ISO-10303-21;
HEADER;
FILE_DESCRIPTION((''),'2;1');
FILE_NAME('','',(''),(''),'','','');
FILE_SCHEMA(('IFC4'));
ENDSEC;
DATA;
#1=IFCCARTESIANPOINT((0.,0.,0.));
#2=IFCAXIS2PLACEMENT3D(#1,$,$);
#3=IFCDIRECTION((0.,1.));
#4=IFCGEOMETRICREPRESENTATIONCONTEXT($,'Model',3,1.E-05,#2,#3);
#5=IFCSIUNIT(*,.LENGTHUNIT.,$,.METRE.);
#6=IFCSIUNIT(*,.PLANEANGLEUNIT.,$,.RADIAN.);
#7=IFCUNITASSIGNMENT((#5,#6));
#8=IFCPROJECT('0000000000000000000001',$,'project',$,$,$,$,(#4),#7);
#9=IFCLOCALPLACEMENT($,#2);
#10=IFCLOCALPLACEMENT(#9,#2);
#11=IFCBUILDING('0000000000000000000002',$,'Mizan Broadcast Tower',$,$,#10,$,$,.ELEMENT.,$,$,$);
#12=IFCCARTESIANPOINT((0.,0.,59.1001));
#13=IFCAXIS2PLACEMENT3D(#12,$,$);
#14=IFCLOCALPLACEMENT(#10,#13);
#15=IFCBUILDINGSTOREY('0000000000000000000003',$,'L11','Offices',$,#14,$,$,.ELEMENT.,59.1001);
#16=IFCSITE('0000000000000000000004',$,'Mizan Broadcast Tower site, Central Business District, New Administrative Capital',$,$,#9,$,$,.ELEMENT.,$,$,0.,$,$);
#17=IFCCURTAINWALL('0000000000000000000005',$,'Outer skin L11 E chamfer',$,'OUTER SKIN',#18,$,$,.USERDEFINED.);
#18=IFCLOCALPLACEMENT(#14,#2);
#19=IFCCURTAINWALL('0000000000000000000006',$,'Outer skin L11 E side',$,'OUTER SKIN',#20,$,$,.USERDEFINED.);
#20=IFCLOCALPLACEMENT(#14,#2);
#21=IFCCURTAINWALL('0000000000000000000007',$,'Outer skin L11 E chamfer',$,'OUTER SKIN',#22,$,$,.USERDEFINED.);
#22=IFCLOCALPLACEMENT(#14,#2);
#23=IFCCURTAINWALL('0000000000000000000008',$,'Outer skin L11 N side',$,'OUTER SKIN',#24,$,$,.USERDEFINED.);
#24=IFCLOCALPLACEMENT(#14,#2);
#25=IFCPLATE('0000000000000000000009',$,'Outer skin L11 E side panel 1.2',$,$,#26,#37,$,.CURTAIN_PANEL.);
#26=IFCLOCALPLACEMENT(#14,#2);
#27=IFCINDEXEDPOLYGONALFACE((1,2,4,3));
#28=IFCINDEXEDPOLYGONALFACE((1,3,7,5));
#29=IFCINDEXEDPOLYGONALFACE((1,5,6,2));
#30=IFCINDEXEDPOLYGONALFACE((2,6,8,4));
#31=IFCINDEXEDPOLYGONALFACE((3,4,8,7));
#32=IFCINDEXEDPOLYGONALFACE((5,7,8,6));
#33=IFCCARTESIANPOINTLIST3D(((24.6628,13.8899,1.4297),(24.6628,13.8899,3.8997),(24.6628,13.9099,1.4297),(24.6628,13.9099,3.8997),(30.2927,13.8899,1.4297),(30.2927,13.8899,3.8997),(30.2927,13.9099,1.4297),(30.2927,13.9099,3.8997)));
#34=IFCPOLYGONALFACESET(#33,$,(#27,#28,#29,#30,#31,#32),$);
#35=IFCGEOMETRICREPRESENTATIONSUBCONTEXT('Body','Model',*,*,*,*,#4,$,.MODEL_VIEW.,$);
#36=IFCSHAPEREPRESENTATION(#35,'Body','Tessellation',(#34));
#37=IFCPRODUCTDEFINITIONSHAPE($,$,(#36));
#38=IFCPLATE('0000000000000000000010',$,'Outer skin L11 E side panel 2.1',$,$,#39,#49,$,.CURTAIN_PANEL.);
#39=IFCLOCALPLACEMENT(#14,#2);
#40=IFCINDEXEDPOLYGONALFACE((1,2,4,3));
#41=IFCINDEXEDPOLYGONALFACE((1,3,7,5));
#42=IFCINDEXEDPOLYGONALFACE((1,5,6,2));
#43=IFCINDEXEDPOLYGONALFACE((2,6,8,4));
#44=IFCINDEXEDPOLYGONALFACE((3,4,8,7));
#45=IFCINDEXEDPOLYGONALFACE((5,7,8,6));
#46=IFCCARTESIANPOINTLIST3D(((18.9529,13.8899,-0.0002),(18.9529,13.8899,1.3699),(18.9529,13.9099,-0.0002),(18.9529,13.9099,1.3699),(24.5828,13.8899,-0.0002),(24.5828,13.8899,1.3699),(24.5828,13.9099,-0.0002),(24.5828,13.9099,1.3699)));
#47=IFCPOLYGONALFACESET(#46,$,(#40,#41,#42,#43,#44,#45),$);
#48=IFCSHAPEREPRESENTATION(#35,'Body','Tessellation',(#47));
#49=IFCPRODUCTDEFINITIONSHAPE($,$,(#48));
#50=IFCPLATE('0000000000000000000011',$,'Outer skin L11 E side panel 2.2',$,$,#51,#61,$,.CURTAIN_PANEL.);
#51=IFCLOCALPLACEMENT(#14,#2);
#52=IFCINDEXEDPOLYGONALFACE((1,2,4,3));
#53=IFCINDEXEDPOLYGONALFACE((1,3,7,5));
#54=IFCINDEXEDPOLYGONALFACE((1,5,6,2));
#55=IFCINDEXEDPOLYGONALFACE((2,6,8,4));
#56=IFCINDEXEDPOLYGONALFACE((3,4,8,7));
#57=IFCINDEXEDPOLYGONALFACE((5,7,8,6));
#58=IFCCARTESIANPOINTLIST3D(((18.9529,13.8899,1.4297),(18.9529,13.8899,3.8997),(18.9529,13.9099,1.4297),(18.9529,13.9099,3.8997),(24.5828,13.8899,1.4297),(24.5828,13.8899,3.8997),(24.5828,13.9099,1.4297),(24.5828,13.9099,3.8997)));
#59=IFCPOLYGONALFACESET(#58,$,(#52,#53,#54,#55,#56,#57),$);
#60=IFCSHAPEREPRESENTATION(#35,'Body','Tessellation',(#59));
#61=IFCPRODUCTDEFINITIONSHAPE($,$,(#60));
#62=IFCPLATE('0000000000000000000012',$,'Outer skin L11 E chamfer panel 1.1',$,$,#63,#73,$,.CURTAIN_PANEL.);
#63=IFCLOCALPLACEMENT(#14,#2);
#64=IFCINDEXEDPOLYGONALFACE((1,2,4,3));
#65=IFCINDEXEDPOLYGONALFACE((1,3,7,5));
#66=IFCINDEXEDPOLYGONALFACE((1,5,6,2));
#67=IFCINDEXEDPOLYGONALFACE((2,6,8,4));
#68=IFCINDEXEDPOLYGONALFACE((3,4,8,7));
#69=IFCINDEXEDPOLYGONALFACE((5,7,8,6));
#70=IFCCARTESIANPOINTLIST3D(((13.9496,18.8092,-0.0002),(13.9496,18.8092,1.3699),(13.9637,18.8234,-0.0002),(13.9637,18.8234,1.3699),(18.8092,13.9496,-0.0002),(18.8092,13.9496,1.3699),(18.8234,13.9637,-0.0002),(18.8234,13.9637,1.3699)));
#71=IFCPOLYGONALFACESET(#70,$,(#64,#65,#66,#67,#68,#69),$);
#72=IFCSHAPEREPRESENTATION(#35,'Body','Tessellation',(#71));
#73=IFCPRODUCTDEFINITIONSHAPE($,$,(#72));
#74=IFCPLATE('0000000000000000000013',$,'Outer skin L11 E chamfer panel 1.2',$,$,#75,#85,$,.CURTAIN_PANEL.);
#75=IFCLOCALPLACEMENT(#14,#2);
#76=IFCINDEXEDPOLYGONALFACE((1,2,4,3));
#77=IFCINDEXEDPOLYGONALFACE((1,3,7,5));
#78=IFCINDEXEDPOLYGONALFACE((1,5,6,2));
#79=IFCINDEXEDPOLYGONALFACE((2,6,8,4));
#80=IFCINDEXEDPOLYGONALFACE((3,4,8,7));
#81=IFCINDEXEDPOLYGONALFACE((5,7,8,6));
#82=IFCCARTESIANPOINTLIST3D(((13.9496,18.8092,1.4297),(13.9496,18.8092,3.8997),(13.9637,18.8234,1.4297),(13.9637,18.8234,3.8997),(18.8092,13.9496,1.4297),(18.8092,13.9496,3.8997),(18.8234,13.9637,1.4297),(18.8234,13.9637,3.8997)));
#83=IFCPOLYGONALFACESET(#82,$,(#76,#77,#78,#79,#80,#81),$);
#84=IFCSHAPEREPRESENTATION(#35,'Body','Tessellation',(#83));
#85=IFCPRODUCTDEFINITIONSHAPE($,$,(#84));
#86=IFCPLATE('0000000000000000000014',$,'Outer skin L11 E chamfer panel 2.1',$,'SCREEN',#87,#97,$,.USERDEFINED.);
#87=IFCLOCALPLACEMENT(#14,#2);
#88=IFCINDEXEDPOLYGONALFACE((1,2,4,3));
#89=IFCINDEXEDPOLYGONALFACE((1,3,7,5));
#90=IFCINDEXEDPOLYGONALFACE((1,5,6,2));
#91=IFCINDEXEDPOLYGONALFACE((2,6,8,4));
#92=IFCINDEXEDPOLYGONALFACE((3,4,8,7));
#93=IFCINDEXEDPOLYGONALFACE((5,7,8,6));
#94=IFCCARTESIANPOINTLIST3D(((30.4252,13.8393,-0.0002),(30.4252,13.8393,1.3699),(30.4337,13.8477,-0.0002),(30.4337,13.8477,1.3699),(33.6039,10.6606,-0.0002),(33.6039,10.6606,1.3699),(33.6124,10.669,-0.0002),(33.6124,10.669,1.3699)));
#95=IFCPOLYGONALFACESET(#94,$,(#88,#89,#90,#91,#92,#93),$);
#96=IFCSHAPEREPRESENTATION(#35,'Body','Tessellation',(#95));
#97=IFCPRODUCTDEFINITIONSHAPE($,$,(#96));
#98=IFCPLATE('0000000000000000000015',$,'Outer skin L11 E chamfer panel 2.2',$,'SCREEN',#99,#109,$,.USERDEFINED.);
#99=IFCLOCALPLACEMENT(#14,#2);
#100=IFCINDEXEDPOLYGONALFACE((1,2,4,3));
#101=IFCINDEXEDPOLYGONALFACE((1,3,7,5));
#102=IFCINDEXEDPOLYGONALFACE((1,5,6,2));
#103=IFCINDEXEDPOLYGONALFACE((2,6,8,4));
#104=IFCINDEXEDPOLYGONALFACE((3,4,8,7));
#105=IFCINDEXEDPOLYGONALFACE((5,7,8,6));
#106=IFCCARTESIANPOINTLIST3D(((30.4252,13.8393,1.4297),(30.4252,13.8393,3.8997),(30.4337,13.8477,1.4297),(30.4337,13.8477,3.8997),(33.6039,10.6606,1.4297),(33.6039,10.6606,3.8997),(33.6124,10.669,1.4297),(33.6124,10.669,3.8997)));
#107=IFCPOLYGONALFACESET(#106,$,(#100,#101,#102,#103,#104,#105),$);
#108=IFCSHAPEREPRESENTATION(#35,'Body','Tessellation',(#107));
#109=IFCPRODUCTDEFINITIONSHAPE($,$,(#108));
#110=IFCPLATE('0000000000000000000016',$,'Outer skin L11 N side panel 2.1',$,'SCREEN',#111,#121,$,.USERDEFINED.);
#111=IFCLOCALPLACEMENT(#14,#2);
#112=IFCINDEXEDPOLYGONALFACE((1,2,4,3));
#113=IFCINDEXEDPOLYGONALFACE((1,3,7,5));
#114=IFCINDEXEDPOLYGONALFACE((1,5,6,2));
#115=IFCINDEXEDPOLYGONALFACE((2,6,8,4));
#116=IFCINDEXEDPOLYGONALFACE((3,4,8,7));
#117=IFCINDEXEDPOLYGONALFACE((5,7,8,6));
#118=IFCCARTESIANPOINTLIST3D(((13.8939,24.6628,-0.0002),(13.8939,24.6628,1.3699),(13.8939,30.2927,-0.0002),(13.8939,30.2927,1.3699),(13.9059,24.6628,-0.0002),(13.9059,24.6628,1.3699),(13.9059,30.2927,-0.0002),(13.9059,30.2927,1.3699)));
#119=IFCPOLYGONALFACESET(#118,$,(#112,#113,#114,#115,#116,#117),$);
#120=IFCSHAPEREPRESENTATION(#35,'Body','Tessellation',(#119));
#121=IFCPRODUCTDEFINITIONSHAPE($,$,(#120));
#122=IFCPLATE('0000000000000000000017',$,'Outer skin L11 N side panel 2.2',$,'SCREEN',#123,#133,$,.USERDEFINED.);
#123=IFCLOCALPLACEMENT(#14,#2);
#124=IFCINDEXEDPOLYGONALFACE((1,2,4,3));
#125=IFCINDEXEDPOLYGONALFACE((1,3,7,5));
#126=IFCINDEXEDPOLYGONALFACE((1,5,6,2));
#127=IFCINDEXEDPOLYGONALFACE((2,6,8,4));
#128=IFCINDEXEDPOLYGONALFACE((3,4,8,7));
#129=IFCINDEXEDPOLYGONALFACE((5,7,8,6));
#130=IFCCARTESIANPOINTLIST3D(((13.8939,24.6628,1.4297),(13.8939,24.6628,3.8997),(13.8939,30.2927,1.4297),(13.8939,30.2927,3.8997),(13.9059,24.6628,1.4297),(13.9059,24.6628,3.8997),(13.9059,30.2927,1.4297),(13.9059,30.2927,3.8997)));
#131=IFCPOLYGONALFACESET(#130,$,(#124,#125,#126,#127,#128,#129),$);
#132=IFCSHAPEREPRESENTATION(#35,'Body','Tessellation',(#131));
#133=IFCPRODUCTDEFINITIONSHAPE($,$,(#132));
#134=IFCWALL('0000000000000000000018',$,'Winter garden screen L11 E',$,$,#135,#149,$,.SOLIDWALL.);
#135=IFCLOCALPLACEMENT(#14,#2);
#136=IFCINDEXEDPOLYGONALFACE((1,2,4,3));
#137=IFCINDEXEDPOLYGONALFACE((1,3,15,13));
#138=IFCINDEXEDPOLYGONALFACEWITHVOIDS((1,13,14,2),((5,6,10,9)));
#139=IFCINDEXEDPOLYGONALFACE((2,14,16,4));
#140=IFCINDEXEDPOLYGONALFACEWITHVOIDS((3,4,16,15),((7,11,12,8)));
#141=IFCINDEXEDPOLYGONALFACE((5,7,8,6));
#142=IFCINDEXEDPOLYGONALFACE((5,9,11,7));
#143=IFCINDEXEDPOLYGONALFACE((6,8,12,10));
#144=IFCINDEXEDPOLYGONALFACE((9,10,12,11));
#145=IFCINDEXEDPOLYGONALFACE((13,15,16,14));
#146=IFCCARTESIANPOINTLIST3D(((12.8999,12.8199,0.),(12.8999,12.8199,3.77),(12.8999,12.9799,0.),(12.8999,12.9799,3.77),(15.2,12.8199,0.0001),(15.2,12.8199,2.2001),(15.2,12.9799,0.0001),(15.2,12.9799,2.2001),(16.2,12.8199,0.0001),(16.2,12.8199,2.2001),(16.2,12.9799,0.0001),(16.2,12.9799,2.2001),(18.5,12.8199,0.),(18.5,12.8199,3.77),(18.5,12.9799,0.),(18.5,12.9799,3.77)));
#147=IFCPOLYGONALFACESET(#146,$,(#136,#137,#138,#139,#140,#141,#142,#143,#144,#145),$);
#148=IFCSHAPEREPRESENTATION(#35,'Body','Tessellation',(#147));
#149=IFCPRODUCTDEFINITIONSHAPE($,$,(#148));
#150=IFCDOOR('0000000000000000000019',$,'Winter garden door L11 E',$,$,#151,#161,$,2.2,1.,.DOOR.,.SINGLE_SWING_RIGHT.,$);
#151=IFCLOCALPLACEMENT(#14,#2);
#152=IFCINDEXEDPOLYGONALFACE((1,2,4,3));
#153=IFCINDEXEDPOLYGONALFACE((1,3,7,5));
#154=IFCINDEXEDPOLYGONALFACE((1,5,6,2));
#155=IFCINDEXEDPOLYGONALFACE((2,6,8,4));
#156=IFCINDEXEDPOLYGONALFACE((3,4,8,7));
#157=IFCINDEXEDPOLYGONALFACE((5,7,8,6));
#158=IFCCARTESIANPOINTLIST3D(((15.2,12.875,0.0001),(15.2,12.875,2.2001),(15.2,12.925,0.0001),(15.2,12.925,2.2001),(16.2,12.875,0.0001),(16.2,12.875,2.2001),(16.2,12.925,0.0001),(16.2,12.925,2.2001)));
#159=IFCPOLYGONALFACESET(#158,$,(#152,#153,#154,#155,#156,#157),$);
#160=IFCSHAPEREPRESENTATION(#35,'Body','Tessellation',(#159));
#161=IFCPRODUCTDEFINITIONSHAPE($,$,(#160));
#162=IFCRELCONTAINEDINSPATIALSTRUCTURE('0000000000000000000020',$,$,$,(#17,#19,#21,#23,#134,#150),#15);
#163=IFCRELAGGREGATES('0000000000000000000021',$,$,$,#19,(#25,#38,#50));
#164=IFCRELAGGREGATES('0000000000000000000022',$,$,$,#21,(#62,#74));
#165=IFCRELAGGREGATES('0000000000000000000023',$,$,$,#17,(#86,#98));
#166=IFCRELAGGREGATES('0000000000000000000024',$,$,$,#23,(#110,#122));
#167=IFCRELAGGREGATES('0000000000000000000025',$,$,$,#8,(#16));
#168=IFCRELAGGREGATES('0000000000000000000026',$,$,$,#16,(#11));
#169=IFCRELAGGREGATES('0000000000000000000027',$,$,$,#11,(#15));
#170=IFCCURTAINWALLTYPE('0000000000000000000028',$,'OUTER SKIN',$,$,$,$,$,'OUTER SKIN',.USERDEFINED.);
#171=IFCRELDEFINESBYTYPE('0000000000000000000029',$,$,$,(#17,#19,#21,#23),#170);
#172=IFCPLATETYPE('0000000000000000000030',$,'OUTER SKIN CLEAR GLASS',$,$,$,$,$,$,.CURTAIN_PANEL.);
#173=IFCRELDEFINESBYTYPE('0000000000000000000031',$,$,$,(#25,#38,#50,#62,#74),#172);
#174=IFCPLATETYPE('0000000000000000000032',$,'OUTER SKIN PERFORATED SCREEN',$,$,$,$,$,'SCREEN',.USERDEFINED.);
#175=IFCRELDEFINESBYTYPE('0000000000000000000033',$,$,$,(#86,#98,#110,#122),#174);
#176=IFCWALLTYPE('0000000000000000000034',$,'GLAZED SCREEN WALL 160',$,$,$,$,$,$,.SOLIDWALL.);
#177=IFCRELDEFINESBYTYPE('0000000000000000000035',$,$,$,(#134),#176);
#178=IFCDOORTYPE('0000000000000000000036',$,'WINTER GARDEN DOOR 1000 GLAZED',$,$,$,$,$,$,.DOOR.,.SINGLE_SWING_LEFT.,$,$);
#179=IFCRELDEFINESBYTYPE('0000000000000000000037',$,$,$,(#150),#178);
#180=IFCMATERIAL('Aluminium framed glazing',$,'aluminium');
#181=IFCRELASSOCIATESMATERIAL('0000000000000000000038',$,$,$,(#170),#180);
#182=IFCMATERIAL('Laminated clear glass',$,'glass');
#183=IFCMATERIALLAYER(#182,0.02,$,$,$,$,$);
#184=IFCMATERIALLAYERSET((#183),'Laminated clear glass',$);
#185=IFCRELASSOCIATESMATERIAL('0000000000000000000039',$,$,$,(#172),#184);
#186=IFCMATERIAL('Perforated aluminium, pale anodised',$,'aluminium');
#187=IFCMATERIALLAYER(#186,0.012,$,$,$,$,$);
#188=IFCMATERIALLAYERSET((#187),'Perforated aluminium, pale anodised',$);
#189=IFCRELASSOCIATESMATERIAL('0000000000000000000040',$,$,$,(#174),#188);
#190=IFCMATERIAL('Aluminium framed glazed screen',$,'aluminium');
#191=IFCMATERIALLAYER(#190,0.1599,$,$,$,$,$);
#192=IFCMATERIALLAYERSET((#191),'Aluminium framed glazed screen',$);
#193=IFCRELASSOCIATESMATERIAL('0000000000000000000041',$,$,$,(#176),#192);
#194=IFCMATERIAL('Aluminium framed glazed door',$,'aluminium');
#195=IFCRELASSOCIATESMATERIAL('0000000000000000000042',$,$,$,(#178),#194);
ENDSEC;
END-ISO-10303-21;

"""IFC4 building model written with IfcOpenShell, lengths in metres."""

from ifc_helpers import new_model, si_unit, direction, frame, frame_2d, origin, origin_2d, place, context, subcontext, project, spatial, rectangle, extrude, material, layer, layer_set, type_object, element, fill, aggregate, save


model = new_model("IFC4")

# Units and contexts
model_context = context("Model", 3, precision=1e-05, world=origin(), true_north=direction((0.0, 1.0)))
body_context = subcontext(model_context, "Body", "Model", "MODEL_VIEW")
ifc_project = project(units=[si_unit("LENGTHUNIT", "METRE"), si_unit("PLANEANGLEUNIT", "RADIAN")], contexts=[model_context])

# Site, building, storey
site_placement = place(None, origin())
site = spatial("IfcSite", under=ifc_project, at=site_placement, Name="Mizan Broadcast Tower site, Central Business District, New Administrative Capital", CompositionType="ELEMENT", RefElevation=0.0)
building_placement = place(site_placement, origin())
building = spatial("IfcBuilding", under=site, at=building_placement, Name="Mizan Broadcast Tower", CompositionType="ELEMENT")
storey_placement = place(building_placement, frame((0.0, 0.0, 59.1001)))
storey = spatial("IfcBuildingStorey", under=building, at=storey_placement, Name="L11", Description="Offices", CompositionType="ELEMENT", Elevation=59.1001)

# Curtain wall
ifc_material_1 = material(Name="Aluminium framed glazing", Category="aluminium")
curtain_wall_type_1 = type_object("IfcCurtainWallType", Name="OUTER SKIN", ElementType="OUTER SKIN", PredefinedType="USERDEFINED", material=ifc_material_1)
curtain_wall_1_placement = place(storey_placement, origin())
curtain_wall_1 = element("IfcCurtainWall", 1, at=curtain_wall_1_placement, inside=storey, type_object=curtain_wall_type_1, Name="Outer skin L11 E chamfer", ObjectType="OUTER SKIN", PredefinedType="USERDEFINED")

# Curtain wall
curtain_wall_2_placement = place(storey_placement, origin())
curtain_wall_2 = element("IfcCurtainWall", 2, at=curtain_wall_2_placement, inside=storey, type_object=curtain_wall_type_1, Name="Outer skin L11 E side", ObjectType="OUTER SKIN", PredefinedType="USERDEFINED")

# Curtain wall
curtain_wall_3_placement = place(storey_placement, origin())
curtain_wall_3 = element("IfcCurtainWall", 3, at=curtain_wall_3_placement, inside=storey, type_object=curtain_wall_type_1, Name="Outer skin L11 E chamfer", ObjectType="OUTER SKIN", PredefinedType="USERDEFINED")

# Curtain wall
curtain_wall_4_placement = place(storey_placement, origin())
curtain_wall_4 = element("IfcCurtainWall", 4, at=curtain_wall_4_placement, inside=storey, type_object=curtain_wall_type_1, Name="Outer skin L11 N side", ObjectType="OUTER SKIN", PredefinedType="USERDEFINED")

# Plates
ifc_material_2 = material(Name="Laminated clear glass", Category="glass")
ifc_layer_1 = layer(ifc_material_2, 0.02)
ifc_layer_set_1 = layer_set([ifc_layer_1], Name="Laminated clear glass")
plate_type_1 = type_object("IfcPlateType", Name="OUTER SKIN CLEAR GLASS", PredefinedType="CURTAIN_PANEL", material=ifc_layer_set_1)
plate_1_placement = place(storey_placement, frame((27.4778, 13.8999, 1.4297), z_axis=(0.0, 0.0, 1.0), x_axis=(-1.0, 0.0, 0.0)))
plate_1 = element("IfcPlate", 5, at=plate_1_placement, type_object=plate_type_1, Name="Outer skin L11 E side panel 1.2", PredefinedType="CURTAIN_PANEL", context=body_context, shape_type="SweptSolid", body=[
    extrude(rectangle(XDim=5.6299, YDim=0.02, at=origin_2d()), origin(), (0.0, 0.0, 1.0), 2.47),
])
plate_2_placement = place(storey_placement, frame((21.7678, 13.8999, -0.0002), z_axis=(0.0, 0.0, 1.0), x_axis=(-1.0, 0.0, 0.0)))
plate_2 = element("IfcPlate", 6, at=plate_2_placement, type_object=plate_type_1, Name="Outer skin L11 E side panel 2.1", PredefinedType="CURTAIN_PANEL", context=body_context, shape_type="SweptSolid", body=[
    extrude(rectangle(XDim=5.6299, YDim=0.02, at=origin_2d()), origin(), (0.0, 0.0, 1.0), 1.3701),
])
plate_3_placement = place(storey_placement, frame((21.7678, 13.8999, 1.4297), z_axis=(0.0, 0.0, 1.0), x_axis=(-1.0, 0.0, 0.0)))
plate_3 = element("IfcPlate", 7, at=plate_3_placement, type_object=plate_type_1, Name="Outer skin L11 E side panel 2.2", PredefinedType="CURTAIN_PANEL", context=body_context, shape_type="SweptSolid", body=[
    extrude(rectangle(XDim=5.6299, YDim=0.02, at=origin_2d()), origin(), (0.0, 0.0, 1.0), 2.47),
])
aggregate(curtain_wall_2, [plate_1, plate_2, plate_3])
plate_4_placement = place(storey_placement, frame((16.3865, 16.3865, -0.0002), z_axis=(0.0, 0.0, 1.0), x_axis=(-0.707107, 0.707107, 0.0)))
plate_4 = element("IfcPlate", 8, at=plate_4_placement, type_object=plate_type_1, Name="Outer skin L11 E chamfer panel 1.1", PredefinedType="CURTAIN_PANEL", context=body_context, shape_type="SweptSolid", body=[
    extrude(rectangle(XDim=6.8726, YDim=0.02, at=origin_2d()), origin(), (0.0, 0.0, 1.0), 1.3701),
])
plate_5_placement = place(storey_placement, frame((16.3865, 16.3865, 1.4297), z_axis=(0.0, 0.0, 1.0), x_axis=(-0.707107, 0.707107, 0.0)))
plate_5 = element("IfcPlate", 9, at=plate_5_placement, type_object=plate_type_1, Name="Outer skin L11 E chamfer panel 1.2", PredefinedType="CURTAIN_PANEL", context=body_context, shape_type="SweptSolid", body=[
    extrude(rectangle(XDim=6.8726, YDim=0.02, at=origin_2d()), origin(), (0.0, 0.0, 1.0), 2.47),
])
aggregate(curtain_wall_3, [plate_4, plate_5])
ifc_material_3 = material(Name="Perforated aluminium, pale anodised", Category="aluminium")
ifc_layer_2 = layer(ifc_material_3, 0.012)
ifc_layer_set_2 = layer_set([ifc_layer_2], Name="Perforated aluminium, pale anodised")
plate_type_2 = type_object("IfcPlateType", Name="OUTER SKIN PERFORATED SCREEN", ElementType="SCREEN", PredefinedType="USERDEFINED", material=ifc_layer_set_2)
plate_6_placement = place(storey_placement, frame((32.0188, 12.2542, -0.0002), z_axis=(0.0, 0.0, 1.0), x_axis=(-0.707107, 0.707107, 0.0)))
plate_6 = element("IfcPlate", 10, at=plate_6_placement, type_object=plate_type_2, Name="Outer skin L11 E chamfer panel 2.1", ObjectType="SCREEN", PredefinedType="USERDEFINED", context=body_context, shape_type="SweptSolid", body=[
    extrude(rectangle(XDim=4.4954, YDim=0.012, at=origin_2d()), origin(), (0.0, 0.0, 1.0), 1.3701),
])
plate_7_placement = place(storey_placement, frame((32.0188, 12.2542, 1.4297), z_axis=(0.0, 0.0, 1.0), x_axis=(-0.707107, 0.707107, 0.0)))
plate_7 = element("IfcPlate", 11, at=plate_7_placement, type_object=plate_type_2, Name="Outer skin L11 E chamfer panel 2.2", ObjectType="SCREEN", PredefinedType="USERDEFINED", context=body_context, shape_type="SweptSolid", body=[
    extrude(rectangle(XDim=4.4954, YDim=0.012, at=origin_2d()), origin(), (0.0, 0.0, 1.0), 2.47),
])
aggregate(curtain_wall_1, [plate_6, plate_7])
plate_8_placement = place(storey_placement, frame((13.8999, 27.4778, -0.0002), z_axis=(0.0, 0.0, 1.0), x_axis=(0.0, 1.0, 0.0)))
plate_8 = element("IfcPlate", 12, at=plate_8_placement, type_object=plate_type_2, Name="Outer skin L11 N side panel 2.1", ObjectType="SCREEN", PredefinedType="USERDEFINED", context=body_context, shape_type="SweptSolid", body=[
    extrude(rectangle(XDim=5.6299, YDim=0.012, at=origin_2d()), origin(), (0.0, 0.0, 1.0), 1.3701),
])
plate_9_placement = place(storey_placement, frame((13.8999, 27.4778, 1.4297), z_axis=(0.0, 0.0, 1.0), x_axis=(0.0, 1.0, 0.0)))
plate_9 = element("IfcPlate", 13, at=plate_9_placement, type_object=plate_type_2, Name="Outer skin L11 N side panel 2.2", ObjectType="SCREEN", PredefinedType="USERDEFINED", context=body_context, shape_type="SweptSolid", body=[
    extrude(rectangle(XDim=5.6299, YDim=0.012, at=origin_2d()), origin(), (0.0, 0.0, 1.0), 2.47),
])
aggregate(curtain_wall_4, [plate_8, plate_9])

# Wall, opening, door
ifc_material_4 = material(Name="Aluminium framed glazed screen", Category="aluminium")
ifc_layer_3 = layer(ifc_material_4, 0.1599)
ifc_layer_set_3 = layer_set([ifc_layer_3], Name="Aluminium framed glazed screen")
wall_type = type_object("IfcWallType", Name="GLAZED SCREEN WALL 160", PredefinedType="SOLIDWALL", material=ifc_layer_set_3)
wall_placement = place(storey_placement, frame((18.5, 12.8999, 0.0), z_axis=(0.0, 0.0, 1.0), x_axis=(-1.0, 0.0, 0.0)))
wall = element("IfcWall", 14, at=wall_placement, inside=storey, type_object=wall_type, Name="Winter garden screen L11 E", PredefinedType="SOLIDWALL", context=body_context, shape_type="SweptSolid", body=[
    extrude(rectangle(XDim=5.6001, YDim=0.1599, at=frame_2d((2.8, 0.0))), origin(), (0.0, 0.0, 1.0), 3.77),
])
opening_placement = place(wall_placement, frame((2.3, 0.0, 0.0)))
opening = element("IfcOpeningElement", 15, at=opening_placement, cuts=wall, PredefinedType="OPENING", context=body_context, shape_type="SweptSolid", body=[
    extrude(rectangle(XDim=1.0, YDim=2.2, at=frame_2d((0.5, 1.1001))), frame((0.0, 0.0898, 0.0), z_axis=(0.0, -1.0, 0.0), x_axis=(1.0, 0.0, 0.0)), (0.0, 0.0, 1.0), 0.1799),
])
ifc_material_5 = material(Name="Aluminium framed glazed door", Category="aluminium")
door_type = type_object("IfcDoorType", Name="WINTER GARDEN DOOR 1000 GLAZED", OperationType="SINGLE_SWING_LEFT", PredefinedType="DOOR", material=ifc_material_5)
door_placement = place(opening_placement, origin())
door = element("IfcDoor", 16, at=door_placement, inside=storey, type_object=door_type, Name="Winter garden door L11 E", OperationType="SINGLE_SWING_RIGHT", OverallHeight=2.2, OverallWidth=1.0, PredefinedType="DOOR", context=body_context, shape_type="SweptSolid", body=[
    extrude(rectangle(XDim=1.0, YDim=2.2, at=frame_2d((0.5, 1.1001))), frame((0.0, 0.0249, 0.0), z_axis=(0.0, -1.0, 0.0), x_axis=(1.0, 0.0, 0.0)), (0.0, 0.0, 1.0), 0.05),
])
fill(opening, door)

save(model, "model.ifc")
